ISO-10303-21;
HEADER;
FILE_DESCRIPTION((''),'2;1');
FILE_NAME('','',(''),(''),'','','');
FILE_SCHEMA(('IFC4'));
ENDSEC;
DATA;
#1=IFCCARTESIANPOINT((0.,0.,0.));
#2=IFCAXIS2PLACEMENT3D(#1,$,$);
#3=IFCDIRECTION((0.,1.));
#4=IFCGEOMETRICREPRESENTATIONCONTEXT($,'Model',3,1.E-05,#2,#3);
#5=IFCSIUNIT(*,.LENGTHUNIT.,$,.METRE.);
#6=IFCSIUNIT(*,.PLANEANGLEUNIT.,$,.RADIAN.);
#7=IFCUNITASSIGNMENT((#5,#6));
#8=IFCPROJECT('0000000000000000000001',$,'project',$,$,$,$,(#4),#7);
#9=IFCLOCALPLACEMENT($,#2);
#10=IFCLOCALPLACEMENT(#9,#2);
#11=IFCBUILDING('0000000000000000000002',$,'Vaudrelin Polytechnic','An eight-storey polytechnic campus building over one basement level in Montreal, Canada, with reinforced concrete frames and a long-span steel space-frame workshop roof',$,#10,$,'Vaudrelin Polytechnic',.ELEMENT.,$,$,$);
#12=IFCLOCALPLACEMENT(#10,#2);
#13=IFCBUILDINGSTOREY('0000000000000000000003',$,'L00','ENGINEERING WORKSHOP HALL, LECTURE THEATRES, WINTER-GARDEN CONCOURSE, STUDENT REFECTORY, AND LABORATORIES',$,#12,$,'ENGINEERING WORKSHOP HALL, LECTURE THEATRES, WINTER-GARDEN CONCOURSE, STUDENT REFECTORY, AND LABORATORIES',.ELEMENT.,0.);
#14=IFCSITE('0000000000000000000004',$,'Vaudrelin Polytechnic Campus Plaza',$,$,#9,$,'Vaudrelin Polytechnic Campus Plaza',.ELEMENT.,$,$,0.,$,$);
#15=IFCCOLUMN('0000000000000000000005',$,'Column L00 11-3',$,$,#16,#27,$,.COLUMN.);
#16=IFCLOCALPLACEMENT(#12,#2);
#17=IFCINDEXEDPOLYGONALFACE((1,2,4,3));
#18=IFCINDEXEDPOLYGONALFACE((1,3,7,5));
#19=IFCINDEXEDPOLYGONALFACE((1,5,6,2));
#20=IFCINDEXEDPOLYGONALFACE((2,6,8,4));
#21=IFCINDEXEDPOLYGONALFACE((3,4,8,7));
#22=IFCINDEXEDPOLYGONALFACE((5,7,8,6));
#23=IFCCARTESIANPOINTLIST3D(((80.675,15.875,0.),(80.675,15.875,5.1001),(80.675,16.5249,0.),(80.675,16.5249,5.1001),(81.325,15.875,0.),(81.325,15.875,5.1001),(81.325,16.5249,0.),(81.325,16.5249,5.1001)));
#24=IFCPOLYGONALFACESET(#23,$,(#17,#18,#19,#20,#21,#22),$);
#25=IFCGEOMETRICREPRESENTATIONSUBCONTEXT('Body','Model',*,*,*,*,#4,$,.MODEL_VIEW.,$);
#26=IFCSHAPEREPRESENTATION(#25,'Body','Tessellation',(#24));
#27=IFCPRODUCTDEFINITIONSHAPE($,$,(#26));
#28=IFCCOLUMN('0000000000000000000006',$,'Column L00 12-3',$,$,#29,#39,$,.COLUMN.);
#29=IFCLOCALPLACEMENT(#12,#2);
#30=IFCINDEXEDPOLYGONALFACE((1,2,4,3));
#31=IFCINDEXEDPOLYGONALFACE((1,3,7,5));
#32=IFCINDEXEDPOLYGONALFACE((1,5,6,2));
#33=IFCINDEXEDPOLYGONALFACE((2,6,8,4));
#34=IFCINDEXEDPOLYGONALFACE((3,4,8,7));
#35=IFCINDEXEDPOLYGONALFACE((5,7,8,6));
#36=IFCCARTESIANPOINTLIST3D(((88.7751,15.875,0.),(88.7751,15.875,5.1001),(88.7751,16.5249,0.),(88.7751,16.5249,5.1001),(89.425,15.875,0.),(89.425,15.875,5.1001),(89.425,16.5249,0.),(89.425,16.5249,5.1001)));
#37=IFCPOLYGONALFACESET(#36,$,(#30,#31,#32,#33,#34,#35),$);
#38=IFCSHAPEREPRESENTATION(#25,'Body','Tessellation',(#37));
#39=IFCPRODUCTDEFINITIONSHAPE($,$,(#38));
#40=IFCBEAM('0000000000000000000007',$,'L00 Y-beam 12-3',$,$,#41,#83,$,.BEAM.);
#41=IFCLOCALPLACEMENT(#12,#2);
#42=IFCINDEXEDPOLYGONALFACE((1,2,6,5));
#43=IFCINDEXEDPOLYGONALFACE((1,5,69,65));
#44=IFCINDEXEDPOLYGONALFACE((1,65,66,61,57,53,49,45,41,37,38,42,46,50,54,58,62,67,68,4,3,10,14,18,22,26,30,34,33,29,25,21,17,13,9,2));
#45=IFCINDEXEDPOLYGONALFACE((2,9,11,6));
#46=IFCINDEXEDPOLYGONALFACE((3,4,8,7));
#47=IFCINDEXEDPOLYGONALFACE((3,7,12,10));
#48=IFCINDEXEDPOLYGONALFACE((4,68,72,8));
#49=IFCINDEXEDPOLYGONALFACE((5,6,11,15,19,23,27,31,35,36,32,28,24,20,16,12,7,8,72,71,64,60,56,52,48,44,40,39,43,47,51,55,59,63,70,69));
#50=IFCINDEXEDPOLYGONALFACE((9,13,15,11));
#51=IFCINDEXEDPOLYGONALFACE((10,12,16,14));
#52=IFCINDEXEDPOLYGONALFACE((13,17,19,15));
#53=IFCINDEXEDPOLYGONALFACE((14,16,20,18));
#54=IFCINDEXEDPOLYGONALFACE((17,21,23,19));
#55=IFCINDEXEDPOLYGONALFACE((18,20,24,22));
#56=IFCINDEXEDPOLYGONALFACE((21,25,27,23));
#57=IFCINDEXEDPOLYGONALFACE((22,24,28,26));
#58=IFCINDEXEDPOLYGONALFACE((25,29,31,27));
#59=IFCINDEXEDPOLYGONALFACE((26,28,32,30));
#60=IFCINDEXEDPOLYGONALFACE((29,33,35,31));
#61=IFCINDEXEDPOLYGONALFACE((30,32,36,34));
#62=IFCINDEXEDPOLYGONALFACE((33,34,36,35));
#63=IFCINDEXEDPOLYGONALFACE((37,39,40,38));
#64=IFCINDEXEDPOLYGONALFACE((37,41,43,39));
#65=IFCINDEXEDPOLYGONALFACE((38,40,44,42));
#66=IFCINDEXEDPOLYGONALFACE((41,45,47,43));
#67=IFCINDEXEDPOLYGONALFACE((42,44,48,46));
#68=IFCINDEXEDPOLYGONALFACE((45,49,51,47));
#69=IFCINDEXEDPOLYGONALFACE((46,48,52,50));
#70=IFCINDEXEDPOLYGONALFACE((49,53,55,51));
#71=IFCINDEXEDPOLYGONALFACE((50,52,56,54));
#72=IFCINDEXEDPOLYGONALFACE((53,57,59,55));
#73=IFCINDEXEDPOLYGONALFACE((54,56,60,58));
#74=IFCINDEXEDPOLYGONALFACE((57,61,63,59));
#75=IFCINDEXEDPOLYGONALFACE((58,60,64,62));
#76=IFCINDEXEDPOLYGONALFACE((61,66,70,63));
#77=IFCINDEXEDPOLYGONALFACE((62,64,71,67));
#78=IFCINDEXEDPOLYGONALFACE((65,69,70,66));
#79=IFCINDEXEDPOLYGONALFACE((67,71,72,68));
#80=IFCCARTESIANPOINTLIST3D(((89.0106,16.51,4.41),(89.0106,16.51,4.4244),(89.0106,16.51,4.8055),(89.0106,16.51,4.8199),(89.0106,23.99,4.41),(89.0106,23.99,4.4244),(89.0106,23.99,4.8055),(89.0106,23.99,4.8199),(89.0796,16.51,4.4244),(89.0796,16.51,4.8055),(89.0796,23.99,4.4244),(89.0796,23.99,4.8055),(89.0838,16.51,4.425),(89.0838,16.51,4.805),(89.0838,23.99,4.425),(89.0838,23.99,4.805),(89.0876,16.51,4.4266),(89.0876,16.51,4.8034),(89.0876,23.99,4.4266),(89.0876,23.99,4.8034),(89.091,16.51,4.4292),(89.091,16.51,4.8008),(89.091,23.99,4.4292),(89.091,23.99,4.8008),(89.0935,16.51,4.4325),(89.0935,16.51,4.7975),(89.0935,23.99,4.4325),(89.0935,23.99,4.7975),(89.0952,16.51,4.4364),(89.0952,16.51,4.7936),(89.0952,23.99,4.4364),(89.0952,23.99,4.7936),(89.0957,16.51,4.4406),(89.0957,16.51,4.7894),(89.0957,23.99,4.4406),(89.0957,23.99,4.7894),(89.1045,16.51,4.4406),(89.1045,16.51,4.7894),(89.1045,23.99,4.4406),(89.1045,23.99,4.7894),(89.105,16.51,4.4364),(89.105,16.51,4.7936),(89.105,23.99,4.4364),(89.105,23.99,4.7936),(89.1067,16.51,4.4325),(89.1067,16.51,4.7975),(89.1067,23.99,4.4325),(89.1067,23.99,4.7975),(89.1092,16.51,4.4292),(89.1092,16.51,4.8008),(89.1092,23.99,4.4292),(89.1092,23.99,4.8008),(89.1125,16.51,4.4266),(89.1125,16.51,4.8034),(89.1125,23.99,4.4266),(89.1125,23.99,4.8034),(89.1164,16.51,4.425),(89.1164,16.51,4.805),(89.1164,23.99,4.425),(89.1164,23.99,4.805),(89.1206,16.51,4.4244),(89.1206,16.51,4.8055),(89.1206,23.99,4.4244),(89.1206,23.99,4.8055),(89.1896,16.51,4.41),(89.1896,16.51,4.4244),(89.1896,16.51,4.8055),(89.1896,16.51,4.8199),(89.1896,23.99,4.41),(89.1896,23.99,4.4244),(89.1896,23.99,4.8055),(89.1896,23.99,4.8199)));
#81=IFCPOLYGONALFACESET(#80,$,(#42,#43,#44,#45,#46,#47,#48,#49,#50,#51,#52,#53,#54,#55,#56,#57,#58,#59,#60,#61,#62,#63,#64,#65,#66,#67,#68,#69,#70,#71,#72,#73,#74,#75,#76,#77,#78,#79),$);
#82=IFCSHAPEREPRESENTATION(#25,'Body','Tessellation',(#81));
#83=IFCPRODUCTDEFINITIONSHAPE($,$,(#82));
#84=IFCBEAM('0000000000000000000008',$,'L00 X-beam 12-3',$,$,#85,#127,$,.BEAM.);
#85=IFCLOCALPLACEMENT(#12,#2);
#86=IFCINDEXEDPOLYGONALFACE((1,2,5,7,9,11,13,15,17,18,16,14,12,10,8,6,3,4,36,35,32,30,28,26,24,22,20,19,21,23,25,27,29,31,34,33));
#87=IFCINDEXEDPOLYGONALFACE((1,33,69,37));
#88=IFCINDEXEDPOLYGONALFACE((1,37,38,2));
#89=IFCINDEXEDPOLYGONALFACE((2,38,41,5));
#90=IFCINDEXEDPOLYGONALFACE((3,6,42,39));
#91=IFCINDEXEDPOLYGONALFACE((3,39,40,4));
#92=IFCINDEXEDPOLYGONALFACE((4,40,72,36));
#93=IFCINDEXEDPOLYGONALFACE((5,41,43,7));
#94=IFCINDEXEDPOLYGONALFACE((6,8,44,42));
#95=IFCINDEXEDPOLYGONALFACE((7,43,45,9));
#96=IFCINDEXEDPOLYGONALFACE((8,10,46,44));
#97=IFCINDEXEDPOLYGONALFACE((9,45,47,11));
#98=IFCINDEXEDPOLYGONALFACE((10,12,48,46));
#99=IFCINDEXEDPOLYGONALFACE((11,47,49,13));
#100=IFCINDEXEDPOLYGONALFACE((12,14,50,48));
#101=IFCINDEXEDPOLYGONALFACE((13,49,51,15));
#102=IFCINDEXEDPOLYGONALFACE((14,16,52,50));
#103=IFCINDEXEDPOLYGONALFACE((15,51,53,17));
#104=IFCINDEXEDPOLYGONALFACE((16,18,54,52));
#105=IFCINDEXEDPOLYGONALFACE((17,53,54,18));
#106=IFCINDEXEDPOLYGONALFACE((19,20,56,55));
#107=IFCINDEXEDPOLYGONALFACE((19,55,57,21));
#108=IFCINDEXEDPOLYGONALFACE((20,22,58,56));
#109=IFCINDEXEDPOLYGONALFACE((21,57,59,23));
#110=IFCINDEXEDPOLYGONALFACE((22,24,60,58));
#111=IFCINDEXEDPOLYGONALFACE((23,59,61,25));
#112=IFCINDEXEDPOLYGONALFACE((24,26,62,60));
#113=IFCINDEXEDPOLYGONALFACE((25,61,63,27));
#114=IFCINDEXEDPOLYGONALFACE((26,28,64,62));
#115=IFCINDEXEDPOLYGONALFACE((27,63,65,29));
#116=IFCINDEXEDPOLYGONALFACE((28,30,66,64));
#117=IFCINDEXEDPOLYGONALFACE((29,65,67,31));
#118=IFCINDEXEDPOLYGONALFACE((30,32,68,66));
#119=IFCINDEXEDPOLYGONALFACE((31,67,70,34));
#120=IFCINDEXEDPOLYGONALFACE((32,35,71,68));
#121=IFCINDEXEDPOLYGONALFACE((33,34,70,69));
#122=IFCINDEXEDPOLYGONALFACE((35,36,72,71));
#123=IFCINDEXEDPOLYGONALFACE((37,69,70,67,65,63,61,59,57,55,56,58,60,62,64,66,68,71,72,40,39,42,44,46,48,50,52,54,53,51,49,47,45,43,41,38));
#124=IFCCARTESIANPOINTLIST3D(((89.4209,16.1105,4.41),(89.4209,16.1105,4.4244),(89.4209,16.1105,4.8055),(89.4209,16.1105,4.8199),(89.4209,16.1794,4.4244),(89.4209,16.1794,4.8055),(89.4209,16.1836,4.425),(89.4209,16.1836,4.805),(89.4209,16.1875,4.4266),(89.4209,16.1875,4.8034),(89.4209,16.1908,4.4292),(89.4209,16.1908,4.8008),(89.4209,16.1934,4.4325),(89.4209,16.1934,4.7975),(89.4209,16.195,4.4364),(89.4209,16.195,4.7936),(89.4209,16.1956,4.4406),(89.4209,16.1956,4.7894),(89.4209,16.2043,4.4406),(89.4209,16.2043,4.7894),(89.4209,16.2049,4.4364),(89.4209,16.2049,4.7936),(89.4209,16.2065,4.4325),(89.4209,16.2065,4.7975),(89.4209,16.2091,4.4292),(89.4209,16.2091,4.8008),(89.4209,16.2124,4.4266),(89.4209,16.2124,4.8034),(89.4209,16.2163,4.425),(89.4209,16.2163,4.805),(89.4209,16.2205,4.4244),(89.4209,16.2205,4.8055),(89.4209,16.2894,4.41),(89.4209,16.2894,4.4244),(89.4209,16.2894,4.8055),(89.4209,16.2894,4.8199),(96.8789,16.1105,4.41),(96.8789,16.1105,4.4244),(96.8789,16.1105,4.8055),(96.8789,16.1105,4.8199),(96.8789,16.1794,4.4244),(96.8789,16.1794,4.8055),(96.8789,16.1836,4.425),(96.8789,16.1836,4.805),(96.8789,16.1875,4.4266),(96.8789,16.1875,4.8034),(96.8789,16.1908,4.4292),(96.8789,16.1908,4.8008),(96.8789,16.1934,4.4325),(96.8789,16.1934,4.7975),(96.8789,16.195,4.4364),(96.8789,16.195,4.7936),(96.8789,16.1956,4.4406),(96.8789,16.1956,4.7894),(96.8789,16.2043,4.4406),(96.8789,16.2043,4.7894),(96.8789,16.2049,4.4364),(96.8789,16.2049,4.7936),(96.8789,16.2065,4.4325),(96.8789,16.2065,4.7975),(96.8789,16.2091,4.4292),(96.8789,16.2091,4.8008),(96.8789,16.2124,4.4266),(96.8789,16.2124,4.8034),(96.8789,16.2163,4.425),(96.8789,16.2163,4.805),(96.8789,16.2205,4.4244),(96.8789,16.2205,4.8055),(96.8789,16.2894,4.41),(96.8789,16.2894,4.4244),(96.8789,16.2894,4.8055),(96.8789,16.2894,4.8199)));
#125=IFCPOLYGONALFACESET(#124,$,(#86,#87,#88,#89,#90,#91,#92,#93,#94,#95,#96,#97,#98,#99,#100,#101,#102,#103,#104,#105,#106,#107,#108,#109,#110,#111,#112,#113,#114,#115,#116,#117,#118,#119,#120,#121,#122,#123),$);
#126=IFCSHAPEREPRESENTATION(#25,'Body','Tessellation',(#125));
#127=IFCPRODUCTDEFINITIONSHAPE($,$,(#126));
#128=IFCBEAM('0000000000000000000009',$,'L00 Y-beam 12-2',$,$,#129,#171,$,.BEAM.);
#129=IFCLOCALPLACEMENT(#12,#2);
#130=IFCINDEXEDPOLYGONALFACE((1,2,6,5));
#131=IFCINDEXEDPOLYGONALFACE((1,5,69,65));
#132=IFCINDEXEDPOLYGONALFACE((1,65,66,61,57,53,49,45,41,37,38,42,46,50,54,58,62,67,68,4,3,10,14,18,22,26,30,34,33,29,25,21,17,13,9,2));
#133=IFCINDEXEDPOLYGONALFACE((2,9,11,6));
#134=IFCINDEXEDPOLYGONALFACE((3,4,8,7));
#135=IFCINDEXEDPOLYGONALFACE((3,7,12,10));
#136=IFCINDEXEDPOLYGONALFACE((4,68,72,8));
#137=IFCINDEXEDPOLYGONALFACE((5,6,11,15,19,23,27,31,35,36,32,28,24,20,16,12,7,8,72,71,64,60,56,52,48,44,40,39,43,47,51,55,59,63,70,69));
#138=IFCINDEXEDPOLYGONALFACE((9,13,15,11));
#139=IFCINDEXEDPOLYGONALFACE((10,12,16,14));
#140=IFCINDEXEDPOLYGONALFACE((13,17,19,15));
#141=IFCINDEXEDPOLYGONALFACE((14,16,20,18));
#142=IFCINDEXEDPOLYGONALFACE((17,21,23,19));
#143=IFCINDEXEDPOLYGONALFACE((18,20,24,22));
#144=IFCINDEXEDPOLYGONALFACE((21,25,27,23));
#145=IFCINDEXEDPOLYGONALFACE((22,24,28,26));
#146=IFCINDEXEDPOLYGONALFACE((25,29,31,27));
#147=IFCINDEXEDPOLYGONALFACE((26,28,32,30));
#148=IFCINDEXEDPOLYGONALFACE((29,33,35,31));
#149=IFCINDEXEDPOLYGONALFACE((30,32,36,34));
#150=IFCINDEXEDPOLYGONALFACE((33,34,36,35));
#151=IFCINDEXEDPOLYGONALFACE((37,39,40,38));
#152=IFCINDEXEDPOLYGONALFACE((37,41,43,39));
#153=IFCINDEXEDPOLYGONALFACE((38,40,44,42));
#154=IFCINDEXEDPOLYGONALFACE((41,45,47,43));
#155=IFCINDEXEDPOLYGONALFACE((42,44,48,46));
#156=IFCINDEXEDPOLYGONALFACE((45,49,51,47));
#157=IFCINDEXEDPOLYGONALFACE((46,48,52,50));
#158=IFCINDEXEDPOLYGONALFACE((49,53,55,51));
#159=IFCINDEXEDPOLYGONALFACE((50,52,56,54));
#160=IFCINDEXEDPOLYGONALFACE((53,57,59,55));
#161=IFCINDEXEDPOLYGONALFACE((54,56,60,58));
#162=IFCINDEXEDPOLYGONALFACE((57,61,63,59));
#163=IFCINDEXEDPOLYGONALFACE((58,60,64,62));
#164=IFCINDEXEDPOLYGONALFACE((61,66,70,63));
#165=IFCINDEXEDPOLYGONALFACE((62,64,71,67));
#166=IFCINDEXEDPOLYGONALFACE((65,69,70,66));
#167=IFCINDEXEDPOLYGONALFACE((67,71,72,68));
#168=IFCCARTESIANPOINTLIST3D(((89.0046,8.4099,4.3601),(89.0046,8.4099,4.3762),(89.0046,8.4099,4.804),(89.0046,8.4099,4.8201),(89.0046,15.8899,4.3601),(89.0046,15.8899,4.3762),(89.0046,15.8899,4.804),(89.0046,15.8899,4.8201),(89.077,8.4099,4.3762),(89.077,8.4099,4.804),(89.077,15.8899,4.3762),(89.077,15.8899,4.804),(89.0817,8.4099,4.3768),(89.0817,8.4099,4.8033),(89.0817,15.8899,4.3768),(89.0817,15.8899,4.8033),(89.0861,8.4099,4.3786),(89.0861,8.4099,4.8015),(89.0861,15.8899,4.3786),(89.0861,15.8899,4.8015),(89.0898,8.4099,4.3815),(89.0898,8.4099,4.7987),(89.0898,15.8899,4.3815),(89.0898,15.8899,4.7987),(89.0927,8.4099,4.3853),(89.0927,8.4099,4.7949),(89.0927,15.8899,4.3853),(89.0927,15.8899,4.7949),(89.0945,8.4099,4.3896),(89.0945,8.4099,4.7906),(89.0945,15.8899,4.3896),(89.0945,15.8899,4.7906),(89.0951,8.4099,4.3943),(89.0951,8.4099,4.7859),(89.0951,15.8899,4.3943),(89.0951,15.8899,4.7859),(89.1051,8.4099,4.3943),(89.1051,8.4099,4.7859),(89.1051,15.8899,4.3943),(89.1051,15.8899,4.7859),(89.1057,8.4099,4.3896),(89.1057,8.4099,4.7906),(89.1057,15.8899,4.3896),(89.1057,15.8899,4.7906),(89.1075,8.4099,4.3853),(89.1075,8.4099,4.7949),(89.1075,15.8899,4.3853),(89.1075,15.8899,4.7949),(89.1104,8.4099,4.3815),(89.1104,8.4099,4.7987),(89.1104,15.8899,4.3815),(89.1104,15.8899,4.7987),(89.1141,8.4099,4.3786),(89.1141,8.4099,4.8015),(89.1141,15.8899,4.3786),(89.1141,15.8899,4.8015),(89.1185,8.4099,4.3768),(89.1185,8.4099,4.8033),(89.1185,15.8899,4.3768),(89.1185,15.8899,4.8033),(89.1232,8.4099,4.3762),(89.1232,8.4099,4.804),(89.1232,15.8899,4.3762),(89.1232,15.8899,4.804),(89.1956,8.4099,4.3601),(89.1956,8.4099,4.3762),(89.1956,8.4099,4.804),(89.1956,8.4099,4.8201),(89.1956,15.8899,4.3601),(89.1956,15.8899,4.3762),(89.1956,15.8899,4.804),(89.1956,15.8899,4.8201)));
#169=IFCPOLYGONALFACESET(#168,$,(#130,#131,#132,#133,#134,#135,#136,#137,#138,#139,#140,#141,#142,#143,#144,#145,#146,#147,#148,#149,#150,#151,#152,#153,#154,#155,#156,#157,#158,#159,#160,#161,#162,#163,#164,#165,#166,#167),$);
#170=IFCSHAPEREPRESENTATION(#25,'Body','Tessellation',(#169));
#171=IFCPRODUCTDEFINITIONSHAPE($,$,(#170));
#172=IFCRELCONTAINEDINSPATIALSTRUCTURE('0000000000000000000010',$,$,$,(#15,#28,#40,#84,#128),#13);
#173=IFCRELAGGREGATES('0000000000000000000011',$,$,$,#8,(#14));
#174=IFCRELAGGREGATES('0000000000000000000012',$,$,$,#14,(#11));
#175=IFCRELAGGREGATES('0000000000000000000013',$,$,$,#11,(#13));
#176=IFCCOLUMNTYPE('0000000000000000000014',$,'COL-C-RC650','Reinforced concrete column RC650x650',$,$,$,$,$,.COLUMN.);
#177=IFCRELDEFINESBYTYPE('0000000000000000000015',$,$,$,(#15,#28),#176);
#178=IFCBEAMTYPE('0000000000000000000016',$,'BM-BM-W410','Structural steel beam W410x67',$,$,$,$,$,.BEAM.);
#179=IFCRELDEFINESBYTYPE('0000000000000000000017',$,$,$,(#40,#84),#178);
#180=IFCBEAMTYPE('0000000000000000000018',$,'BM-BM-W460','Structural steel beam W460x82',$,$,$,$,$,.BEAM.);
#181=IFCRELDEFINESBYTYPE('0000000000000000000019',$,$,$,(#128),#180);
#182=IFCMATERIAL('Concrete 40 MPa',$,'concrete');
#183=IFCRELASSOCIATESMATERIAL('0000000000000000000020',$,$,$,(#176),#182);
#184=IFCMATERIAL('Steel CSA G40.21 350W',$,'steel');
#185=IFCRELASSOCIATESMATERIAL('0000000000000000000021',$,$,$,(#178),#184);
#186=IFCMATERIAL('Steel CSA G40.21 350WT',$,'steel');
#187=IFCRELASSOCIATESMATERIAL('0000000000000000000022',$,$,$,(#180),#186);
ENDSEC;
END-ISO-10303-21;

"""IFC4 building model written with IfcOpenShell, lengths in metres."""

from ifc_helpers import new_model, si_unit, direction, frame, origin, origin_2d, place, context, subcontext, project, spatial, rectangle, i_section, extrude, material, material_profile, profile_set, type_object, element, save


model = new_model("IFC4")

# Units and contexts
model_context = context("Model", 3, precision=1e-05, world=origin(), true_north=direction((0.0, 1.0)))
body_context = subcontext(model_context, "Body", "Model", "MODEL_VIEW")
ifc_project = project(units=[si_unit("LENGTHUNIT", "METRE"), si_unit("PLANEANGLEUNIT", "RADIAN")], contexts=[model_context])

# Site, building, storey
site_placement = place(None, origin())
site = spatial("IfcSite", under=ifc_project, at=site_placement, Name="Vaudrelin Polytechnic Campus Plaza", LongName="Vaudrelin Polytechnic Campus Plaza", CompositionType="ELEMENT", RefElevation=0.0)
building_placement = place(site_placement, origin())
building = spatial("IfcBuilding", under=site, at=building_placement, Name="Vaudrelin Polytechnic", Description="An eight-storey polytechnic campus building over one basement level in Montreal, Canada, with reinforced concrete frames and a long-span steel space-frame workshop roof", LongName="Vaudrelin Polytechnic", CompositionType="ELEMENT")
storey_placement = place(building_placement, origin())
storey = spatial("IfcBuildingStorey", under=building, at=storey_placement, Name="L00", Description="ENGINEERING WORKSHOP HALL, LECTURE THEATRES, WINTER-GARDEN CONCOURSE, STUDENT REFECTORY, AND LABORATORIES", LongName="ENGINEERING WORKSHOP HALL, LECTURE THEATRES, WINTER-GARDEN CONCOURSE, STUDENT REFECTORY, AND LABORATORIES", CompositionType="ELEMENT", Elevation=0.0)

# Columns
ifc_material_1 = material(Name="Concrete 40 MPa", Category="concrete")
ifc_material_profile_1 = material_profile(ifc_material_1, rectangle(XDim=0.6499, YDim=0.6499, at=origin_2d()), Name="RC650x650")
ifc_profile_set_1 = profile_set([ifc_material_profile_1], Name="Concrete 40 MPa")
column_type = type_object("IfcColumnType", Name="COL-C-RC650", Description="Reinforced concrete column RC650x650", PredefinedType="COLUMN", material=ifc_profile_set_1)
for number, where, z_axis, x_axis, name in (
    (1, (81.0, 16.2, 0.0), (0.0, 0.0, 1.0), (1.0, 0.0, 0.0), "Column L00 11-3"),
    (2, (89.1001, 16.2, 0.0), (0.0, 0.0, 1.0), (1.0, 0.0, 0.0), "Column L00 12-3"),
):
    element("IfcColumn", number, at=place(storey_placement, frame(where, z_axis=z_axis, x_axis=x_axis)), inside=storey, type_object=column_type, Name=name, PredefinedType="COLUMN", context=body_context, shape_type="SweptSolid", body=[
        extrude(rectangle(XDim=0.6499, YDim=0.6499, at=origin_2d()), origin(), (0.0, 0.0, 1.0), 5.1001),
    ])

# Beams
ifc_material_2 = material(Name="Steel CSA G40.21 350W", Category="steel")
ifc_material_profile_2 = material_profile(ifc_material_2, i_section(OverallWidth=0.179, OverallDepth=0.4099, WebThickness=0.0088, FlangeThickness=0.0144, FilletRadius=0.0161, at=origin_2d()), Name="W410x67")
ifc_profile_set_2 = profile_set([ifc_material_profile_2], Name="Steel CSA G40.21 350W")
beam_type_1 = type_object("IfcBeamType", Name="BM-BM-W410", Description="Structural steel beam W410x67", PredefinedType="BEAM", material=ifc_profile_set_2)
beam_1_placement = place(storey_placement, frame((89.1001, 16.51, 4.615), z_axis=(0.0, 1.0, 0.0), x_axis=(-1.0, 0.0, 0.0)))
element("IfcBeam", 3, at=beam_1_placement, inside=storey, type_object=beam_type_1, Name="L00 Y-beam 12-3", PredefinedType="BEAM", context=body_context, shape_type="SweptSolid", body=[
    extrude(i_section(OverallWidth=0.179, OverallDepth=0.4099, WebThickness=0.0088, FlangeThickness=0.0144, FilletRadius=0.0161, at=origin_2d()), origin(), (0.0, 0.0, 1.0), 7.48),
])
beam_2_placement = place(storey_placement, frame((89.4209, 16.2, 4.615), z_axis=(1.0, 0.0, 0.0), x_axis=(0.0, 1.0, 0.0)))
element("IfcBeam", 4, at=beam_2_placement, inside=storey, type_object=beam_type_1, Name="L00 X-beam 12-3", PredefinedType="BEAM", context=body_context, shape_type="SweptSolid", body=[
    extrude(i_section(OverallWidth=0.179, OverallDepth=0.4099, WebThickness=0.0088, FlangeThickness=0.0144, FilletRadius=0.0161, at=origin_2d()), origin(), (0.0, 0.0, 1.0), 7.458),
])
ifc_material_3 = material(Name="Steel CSA G40.21 350WT", Category="steel")
ifc_material_profile_3 = material_profile(ifc_material_3, i_section(OverallWidth=0.1909, OverallDepth=0.46, WebThickness=0.01, FlangeThickness=0.0161, FilletRadius=0.0181, at=origin_2d()), Name="W460x82")
ifc_profile_set_3 = profile_set([ifc_material_profile_3], Name="Steel CSA G40.21 350WT")
beam_type_2 = type_object("IfcBeamType", Name="BM-BM-W460", Description="Structural steel beam W460x82", PredefinedType="BEAM", material=ifc_profile_set_3)
beam_3_placement = place(storey_placement, frame((89.1001, 8.4099, 4.5901), z_axis=(0.0, 1.0, 0.0), x_axis=(-1.0, 0.0, 0.0)))
element("IfcBeam", 5, at=beam_3_placement, inside=storey, type_object=beam_type_2, Name="L00 Y-beam 12-2", PredefinedType="BEAM", context=body_context, shape_type="SweptSolid", body=[
    extrude(i_section(OverallWidth=0.1909, OverallDepth=0.46, WebThickness=0.01, FlangeThickness=0.0161, FilletRadius=0.0181, at=origin_2d()), origin(), (0.0, 0.0, 1.0), 7.48),
])

save(model, "model.ifc")
